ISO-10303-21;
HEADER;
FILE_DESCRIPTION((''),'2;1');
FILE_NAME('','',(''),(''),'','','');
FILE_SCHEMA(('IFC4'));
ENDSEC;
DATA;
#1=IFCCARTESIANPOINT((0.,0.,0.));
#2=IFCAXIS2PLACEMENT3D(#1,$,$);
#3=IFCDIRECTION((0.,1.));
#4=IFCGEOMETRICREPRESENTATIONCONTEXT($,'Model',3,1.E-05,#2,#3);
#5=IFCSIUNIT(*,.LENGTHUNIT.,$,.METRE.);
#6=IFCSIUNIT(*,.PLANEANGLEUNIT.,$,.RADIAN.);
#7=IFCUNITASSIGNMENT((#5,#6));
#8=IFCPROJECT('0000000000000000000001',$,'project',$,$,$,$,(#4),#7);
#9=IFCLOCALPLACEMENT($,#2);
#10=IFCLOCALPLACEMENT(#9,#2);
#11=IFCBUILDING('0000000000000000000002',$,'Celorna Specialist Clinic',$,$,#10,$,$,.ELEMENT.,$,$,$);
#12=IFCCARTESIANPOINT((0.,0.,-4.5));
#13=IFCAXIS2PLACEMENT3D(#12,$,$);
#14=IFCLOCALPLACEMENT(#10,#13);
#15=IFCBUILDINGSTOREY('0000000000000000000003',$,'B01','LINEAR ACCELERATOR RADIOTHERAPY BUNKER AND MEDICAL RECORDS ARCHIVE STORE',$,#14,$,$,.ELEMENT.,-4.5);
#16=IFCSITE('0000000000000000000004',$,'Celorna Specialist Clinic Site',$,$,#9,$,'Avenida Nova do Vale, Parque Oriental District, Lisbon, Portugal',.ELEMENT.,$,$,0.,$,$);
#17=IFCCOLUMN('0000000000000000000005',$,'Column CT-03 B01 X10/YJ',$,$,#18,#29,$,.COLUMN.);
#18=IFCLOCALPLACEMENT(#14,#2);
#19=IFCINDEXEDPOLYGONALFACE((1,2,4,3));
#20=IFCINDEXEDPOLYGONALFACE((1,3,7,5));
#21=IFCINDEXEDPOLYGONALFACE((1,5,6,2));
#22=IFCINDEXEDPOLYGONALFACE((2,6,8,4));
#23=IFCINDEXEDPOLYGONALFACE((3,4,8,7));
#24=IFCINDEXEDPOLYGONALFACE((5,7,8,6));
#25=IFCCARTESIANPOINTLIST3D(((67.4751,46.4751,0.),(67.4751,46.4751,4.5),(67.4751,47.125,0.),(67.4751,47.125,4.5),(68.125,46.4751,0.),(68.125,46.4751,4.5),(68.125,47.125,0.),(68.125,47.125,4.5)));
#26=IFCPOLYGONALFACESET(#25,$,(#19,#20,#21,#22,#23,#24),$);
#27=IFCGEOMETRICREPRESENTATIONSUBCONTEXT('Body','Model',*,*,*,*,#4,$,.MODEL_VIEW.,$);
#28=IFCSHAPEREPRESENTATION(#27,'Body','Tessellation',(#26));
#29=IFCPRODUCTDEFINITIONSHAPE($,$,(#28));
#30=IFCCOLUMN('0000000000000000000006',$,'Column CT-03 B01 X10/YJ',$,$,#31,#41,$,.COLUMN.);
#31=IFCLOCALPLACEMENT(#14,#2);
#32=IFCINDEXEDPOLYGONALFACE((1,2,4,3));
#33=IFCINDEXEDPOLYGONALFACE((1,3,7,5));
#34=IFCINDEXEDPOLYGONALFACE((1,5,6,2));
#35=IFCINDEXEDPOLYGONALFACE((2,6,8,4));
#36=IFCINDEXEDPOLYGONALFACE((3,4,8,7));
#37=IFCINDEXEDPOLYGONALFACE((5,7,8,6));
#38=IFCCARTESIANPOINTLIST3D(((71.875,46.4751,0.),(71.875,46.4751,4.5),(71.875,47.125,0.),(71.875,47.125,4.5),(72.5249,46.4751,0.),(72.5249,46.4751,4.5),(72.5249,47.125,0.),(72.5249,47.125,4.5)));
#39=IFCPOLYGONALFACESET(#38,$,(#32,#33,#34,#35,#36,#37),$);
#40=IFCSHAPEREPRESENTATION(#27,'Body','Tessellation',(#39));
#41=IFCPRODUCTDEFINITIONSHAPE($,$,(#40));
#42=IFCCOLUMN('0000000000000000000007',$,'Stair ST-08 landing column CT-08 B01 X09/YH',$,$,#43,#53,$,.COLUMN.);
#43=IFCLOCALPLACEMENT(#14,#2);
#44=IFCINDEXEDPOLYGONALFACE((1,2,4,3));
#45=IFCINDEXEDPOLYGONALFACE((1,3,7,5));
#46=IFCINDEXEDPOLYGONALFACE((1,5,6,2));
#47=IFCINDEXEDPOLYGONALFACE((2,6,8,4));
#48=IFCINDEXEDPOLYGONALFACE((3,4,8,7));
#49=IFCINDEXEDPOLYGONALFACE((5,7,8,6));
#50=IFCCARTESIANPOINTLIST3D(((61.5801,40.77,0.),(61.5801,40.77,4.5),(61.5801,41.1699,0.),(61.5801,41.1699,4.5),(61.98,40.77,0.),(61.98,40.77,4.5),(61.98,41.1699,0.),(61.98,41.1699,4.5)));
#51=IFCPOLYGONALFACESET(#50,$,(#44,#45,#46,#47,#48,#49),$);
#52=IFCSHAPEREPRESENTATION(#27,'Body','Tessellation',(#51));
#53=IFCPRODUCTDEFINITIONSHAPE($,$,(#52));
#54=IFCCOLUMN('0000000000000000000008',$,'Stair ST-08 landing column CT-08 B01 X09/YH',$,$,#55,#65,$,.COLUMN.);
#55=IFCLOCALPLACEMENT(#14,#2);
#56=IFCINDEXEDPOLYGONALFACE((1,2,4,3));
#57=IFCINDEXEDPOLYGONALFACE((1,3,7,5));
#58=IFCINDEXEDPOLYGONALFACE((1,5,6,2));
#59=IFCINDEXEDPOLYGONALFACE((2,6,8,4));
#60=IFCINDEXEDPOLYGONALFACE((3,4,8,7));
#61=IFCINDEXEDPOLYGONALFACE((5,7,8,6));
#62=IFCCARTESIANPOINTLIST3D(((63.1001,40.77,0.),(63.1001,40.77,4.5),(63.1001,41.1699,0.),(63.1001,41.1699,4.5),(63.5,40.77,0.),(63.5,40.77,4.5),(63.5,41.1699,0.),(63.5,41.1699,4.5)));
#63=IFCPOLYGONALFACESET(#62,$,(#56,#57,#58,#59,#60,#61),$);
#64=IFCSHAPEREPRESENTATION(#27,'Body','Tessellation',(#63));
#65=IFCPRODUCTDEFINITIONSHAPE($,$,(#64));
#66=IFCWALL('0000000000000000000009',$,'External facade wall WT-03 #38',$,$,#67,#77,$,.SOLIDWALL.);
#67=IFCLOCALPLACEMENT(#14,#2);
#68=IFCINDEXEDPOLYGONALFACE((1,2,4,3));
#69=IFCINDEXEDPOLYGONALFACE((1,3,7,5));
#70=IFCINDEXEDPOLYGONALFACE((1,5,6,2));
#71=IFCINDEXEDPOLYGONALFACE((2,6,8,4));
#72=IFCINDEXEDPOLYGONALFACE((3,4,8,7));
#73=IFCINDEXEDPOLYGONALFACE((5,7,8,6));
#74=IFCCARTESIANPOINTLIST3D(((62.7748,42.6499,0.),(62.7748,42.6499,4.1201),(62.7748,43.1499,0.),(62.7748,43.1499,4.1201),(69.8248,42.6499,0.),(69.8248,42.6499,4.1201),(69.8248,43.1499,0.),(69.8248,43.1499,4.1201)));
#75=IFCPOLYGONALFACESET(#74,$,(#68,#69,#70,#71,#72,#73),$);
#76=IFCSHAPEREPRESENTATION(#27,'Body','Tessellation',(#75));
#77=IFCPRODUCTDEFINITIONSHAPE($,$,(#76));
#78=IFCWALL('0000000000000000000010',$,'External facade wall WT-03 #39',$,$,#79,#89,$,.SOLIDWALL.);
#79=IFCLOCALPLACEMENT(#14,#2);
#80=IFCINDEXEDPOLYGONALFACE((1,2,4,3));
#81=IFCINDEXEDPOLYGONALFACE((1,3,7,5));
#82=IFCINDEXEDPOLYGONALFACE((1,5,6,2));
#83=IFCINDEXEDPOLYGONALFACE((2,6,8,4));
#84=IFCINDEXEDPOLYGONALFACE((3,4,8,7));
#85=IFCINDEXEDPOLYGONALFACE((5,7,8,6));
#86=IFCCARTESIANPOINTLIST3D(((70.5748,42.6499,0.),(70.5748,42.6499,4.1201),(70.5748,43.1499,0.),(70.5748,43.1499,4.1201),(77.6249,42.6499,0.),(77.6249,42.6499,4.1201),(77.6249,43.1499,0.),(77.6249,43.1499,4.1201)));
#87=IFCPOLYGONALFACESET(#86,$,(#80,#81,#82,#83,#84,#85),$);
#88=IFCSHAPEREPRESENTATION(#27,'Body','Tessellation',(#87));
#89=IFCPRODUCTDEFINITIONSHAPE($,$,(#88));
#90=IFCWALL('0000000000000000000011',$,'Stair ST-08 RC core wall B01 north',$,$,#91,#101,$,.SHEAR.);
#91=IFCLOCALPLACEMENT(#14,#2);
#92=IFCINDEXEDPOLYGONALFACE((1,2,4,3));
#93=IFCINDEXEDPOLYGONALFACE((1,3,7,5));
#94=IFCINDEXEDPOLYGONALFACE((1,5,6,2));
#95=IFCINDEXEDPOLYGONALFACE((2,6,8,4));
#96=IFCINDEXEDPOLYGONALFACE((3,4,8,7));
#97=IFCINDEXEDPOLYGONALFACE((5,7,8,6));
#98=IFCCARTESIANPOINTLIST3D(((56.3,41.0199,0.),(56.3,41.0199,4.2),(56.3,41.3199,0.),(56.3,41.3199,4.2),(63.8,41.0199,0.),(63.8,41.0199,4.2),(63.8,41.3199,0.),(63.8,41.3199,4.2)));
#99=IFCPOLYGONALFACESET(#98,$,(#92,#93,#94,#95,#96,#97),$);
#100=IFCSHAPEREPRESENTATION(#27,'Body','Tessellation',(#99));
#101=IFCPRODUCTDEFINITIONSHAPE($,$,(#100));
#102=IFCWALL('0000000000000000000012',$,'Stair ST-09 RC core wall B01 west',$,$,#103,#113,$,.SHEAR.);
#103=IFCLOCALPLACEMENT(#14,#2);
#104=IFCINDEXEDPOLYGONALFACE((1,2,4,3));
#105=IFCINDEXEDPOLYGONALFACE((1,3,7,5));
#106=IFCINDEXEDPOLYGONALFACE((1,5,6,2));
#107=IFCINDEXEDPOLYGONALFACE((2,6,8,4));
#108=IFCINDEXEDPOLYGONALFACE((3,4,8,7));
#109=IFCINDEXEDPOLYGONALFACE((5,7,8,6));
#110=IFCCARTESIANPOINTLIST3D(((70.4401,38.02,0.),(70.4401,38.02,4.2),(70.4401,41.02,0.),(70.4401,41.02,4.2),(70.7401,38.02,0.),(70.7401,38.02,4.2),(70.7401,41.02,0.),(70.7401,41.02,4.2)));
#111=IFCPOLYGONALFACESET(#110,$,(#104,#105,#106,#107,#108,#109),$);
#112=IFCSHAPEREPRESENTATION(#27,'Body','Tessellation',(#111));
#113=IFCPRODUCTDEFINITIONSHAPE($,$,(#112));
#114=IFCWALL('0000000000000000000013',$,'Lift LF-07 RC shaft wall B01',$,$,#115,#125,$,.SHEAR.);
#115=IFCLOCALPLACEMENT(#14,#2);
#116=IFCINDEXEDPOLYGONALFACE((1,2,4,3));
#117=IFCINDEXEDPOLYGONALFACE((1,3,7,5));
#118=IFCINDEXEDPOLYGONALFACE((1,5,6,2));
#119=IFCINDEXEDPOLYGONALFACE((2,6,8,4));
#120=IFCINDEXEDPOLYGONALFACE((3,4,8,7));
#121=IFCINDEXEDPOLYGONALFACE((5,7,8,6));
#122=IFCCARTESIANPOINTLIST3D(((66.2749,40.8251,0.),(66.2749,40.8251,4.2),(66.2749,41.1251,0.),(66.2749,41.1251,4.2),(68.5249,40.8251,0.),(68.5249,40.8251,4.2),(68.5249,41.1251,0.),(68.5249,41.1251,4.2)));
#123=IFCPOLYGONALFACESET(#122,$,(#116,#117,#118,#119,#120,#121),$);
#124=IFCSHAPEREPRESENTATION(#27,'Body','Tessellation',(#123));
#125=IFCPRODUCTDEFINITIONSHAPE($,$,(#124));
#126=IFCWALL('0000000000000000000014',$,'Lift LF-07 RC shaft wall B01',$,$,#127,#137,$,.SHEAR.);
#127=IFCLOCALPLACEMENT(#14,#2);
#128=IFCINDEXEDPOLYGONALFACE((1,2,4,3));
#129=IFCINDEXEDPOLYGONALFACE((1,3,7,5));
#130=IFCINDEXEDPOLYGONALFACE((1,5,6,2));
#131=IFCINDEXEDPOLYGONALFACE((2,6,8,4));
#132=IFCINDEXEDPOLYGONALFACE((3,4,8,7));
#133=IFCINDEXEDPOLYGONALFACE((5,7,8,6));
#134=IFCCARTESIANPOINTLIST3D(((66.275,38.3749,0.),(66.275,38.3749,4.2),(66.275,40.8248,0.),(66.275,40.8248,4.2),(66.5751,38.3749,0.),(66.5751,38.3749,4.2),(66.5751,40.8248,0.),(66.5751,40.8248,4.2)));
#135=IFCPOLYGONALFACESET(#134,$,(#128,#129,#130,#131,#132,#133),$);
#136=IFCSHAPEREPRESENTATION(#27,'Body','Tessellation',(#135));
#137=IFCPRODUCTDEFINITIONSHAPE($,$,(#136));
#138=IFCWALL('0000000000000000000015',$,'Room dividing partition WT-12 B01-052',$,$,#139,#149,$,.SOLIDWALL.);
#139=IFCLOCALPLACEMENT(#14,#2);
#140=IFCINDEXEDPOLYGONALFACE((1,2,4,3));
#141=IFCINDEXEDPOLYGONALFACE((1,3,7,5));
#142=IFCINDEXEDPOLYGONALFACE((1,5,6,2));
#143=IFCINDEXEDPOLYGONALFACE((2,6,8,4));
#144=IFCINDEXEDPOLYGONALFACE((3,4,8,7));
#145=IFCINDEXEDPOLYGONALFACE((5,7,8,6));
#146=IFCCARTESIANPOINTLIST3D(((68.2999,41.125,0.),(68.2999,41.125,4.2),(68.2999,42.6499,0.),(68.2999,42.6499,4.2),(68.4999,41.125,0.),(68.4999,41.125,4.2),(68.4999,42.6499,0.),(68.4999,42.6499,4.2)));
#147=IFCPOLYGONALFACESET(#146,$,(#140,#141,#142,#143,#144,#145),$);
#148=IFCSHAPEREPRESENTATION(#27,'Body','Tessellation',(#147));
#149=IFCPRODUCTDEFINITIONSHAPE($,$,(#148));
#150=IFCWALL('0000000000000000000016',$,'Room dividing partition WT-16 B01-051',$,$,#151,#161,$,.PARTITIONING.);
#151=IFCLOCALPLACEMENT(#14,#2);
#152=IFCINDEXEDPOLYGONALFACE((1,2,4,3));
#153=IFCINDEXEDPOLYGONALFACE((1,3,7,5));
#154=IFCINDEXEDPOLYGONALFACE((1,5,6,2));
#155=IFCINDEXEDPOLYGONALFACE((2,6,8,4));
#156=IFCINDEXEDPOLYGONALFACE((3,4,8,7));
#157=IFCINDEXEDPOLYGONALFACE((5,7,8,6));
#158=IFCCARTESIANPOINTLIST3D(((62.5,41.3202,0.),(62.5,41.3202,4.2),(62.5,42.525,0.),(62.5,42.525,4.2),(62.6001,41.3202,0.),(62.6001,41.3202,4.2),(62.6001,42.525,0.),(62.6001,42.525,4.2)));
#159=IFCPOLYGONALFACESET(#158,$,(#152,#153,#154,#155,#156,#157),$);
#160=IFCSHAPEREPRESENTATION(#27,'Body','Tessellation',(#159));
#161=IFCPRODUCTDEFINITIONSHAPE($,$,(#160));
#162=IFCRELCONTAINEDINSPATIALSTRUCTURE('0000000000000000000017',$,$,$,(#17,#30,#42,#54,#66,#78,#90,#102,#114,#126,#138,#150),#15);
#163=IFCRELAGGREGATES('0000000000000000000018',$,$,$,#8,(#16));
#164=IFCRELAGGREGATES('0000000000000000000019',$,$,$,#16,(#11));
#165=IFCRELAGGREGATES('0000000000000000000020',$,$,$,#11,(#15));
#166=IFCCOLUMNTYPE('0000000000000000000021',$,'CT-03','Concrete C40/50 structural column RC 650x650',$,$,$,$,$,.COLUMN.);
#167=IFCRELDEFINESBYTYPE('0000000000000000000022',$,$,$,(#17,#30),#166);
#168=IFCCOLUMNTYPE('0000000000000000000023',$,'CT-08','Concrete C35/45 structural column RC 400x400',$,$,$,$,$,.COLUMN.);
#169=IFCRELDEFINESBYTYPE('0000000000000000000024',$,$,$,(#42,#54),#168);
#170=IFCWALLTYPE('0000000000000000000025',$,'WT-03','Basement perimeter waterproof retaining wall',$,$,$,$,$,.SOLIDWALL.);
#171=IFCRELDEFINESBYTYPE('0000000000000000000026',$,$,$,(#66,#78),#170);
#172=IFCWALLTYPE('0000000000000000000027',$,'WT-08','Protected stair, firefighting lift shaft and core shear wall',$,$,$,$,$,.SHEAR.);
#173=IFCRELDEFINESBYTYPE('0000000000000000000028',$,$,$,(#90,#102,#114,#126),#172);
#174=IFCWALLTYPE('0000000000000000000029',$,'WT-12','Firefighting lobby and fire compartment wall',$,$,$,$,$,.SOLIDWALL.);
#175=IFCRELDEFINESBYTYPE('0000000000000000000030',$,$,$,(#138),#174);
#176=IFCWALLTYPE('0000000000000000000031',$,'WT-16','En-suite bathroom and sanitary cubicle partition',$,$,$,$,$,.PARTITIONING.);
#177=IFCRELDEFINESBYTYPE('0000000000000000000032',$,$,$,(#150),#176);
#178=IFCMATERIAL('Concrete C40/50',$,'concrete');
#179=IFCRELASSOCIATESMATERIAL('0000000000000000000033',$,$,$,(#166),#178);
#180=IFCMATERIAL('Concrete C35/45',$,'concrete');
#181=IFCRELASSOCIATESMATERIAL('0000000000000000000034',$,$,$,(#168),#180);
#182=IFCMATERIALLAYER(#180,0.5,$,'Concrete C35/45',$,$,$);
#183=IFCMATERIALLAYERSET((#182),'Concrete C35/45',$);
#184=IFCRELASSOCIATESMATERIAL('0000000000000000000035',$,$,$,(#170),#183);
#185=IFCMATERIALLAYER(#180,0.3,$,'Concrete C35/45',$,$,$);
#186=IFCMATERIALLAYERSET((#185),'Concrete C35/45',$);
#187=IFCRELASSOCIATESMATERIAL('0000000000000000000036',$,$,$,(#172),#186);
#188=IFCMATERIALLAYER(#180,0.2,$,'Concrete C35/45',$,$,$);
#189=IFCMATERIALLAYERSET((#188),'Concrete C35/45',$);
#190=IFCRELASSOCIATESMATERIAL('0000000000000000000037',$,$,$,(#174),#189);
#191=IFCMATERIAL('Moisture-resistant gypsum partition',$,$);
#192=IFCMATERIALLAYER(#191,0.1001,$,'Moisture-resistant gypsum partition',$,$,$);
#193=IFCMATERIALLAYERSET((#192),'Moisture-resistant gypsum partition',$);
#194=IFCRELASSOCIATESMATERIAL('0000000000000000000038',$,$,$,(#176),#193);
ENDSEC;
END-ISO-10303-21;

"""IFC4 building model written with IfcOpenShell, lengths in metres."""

from ifc_helpers import new_model, si_unit, direction, frame, frame_2d, origin, origin_2d, place, context, subcontext, project, spatial, rectangle, extrude, material, layer, layer_set, material_profile, profile_set, type_object, element, save


model = new_model("IFC4")

# Units and contexts
model_context = context("Model", 3, precision=1e-05, world=origin(), true_north=direction((0.0, 1.0)))
body_context = subcontext(model_context, "Body", "Model", "MODEL_VIEW")
ifc_project = project(units=[si_unit("LENGTHUNIT", "METRE"), si_unit("PLANEANGLEUNIT", "RADIAN")], contexts=[model_context])

# Site, building, storey
site_placement = place(None, origin())
site = spatial("IfcSite", under=ifc_project, at=site_placement, Name="Celorna Specialist Clinic Site", LongName="Avenida Nova do Vale, Parque Oriental District, Lisbon, Portugal", CompositionType="ELEMENT", RefElevation=0.0)
building_placement = place(site_placement, origin())
building = spatial("IfcBuilding", under=site, at=building_placement, Name="Celorna Specialist Clinic", CompositionType="ELEMENT")
storey_placement = place(building_placement, frame((0.0, 0.0, -4.5)))
storey = spatial("IfcBuildingStorey", under=building, at=storey_placement, Name="B01", Description="LINEAR ACCELERATOR RADIOTHERAPY BUNKER AND MEDICAL RECORDS ARCHIVE STORE", CompositionType="ELEMENT", Elevation=-4.5)

# Shared definitions
ifc_material_1 = material(Name="Concrete C35/45", Category="concrete")

# Columns
ifc_material_2 = material(Name="Concrete C40/50", Category="concrete")
ifc_material_profile_1 = material_profile(ifc_material_2, rectangle(XDim=0.6499, YDim=0.6499, at=origin_2d()), Name="RC 650x650")
ifc_profile_set_1 = profile_set([ifc_material_profile_1], Name="Concrete C40/50")
column_type_1 = type_object("IfcColumnType", Name="CT-03", Description="Concrete C40/50 structural column RC 650x650", PredefinedType="COLUMN", material=ifc_profile_set_1)
for number, where, z_axis, x_axis, name in (
    (1, (67.8, 46.8, 0.0), (0.0, 0.0, 1.0), (1.0, 0.0, 0.0), "Column CT-03 B01 X10/YJ"),
    (2, (72.2, 46.8, 0.0), (0.0, 0.0, 1.0), (1.0, 0.0, 0.0), "Column CT-03 B01 X10/YJ"),
):
    element("IfcColumn", number, at=place(storey_placement, frame(where, z_axis=z_axis, x_axis=x_axis)), inside=storey, type_object=column_type_1, Name=name, PredefinedType="COLUMN", context=body_context, shape_type="SweptSolid", body=[
        extrude(rectangle(XDim=0.6499, YDim=0.6499, at=origin_2d()), origin(), (0.0, 0.0, 1.0), 4.5),
    ])
ifc_material_profile_2 = material_profile(ifc_material_1, rectangle(XDim=0.3999, YDim=0.3999, at=origin_2d()), Name="RC 400x400")
ifc_profile_set_2 = profile_set([ifc_material_profile_2], Name="Concrete C35/45")
column_type_2 = type_object("IfcColumnType", Name="CT-08", Description="Concrete C35/45 structural column RC 400x400", PredefinedType="COLUMN", material=ifc_profile_set_2)
for number, where, z_axis, x_axis, name in (
    (3, (61.78, 40.97, 0.0), (0.0, 0.0, 1.0), (1.0, 0.0, 0.0), "Stair ST-08 landing column CT-08 B01 X09/YH"),
    (4, (63.3, 40.97, 0.0), (0.0, 0.0, 1.0), (1.0, 0.0, 0.0), "Stair ST-08 landing column CT-08 B01 X09/YH"),
):
    element("IfcColumn", number, at=place(storey_placement, frame(where, z_axis=z_axis, x_axis=x_axis)), inside=storey, type_object=column_type_2, Name=name, PredefinedType="COLUMN", context=body_context, shape_type="SweptSolid", body=[
        extrude(rectangle(XDim=0.3999, YDim=0.3999, at=origin_2d()), origin(), (0.0, 0.0, 1.0), 4.5),
    ])

# Walls
ifc_layer_1 = layer(ifc_material_1, 0.5, Name="Concrete C35/45")
ifc_layer_set_1 = layer_set([ifc_layer_1], Name="Concrete C35/45")
wall_type_1 = type_object("IfcWallType", Name="WT-03", Description="Basement perimeter waterproof retaining wall", PredefinedType="SOLIDWALL", material=ifc_layer_set_1)
for number, where, z_axis, x_axis, name in (
    (5, (62.7749, 42.8999, 0.0), (0.0, 0.0, 1.0), (1.0, 0.0, 0.0), "External facade wall WT-03 #38"),
    (6, (70.575, 42.8999, 0.0), (0.0, 0.0, 1.0), (1.0, 0.0, 0.0), "External facade wall WT-03 #39"),
):
    element("IfcWall", number, at=place(storey_placement, frame(where, z_axis=z_axis, x_axis=x_axis)), inside=storey, type_object=wall_type_1, Name=name, PredefinedType="SOLIDWALL", context=body_context, shape_type="SweptSolid", body=[
        extrude(rectangle(XDim=7.05, YDim=0.5, at=frame_2d((3.5249, 0.0))), origin(), (0.0, 0.0, 1.0), 4.1201),
    ])
ifc_layer_2 = layer(ifc_material_1, 0.3, Name="Concrete C35/45")
ifc_layer_set_2 = layer_set([ifc_layer_2], Name="Concrete C35/45")
wall_type_2 = type_object("IfcWallType", Name="WT-08", Description="Protected stair, firefighting lift shaft and core shear wall", PredefinedType="SHEAR", material=ifc_layer_set_2)
wall_1_placement = place(storey_placement, frame((63.8, 41.1699, 0.0), z_axis=(0.0, 0.0, 1.0), x_axis=(-1.0, 0.0, 0.0)))
element("IfcWall", 7, at=wall_1_placement, inside=storey, type_object=wall_type_2, Name="Stair ST-08 RC core wall B01 north", PredefinedType="SHEAR", context=body_context, shape_type="SweptSolid", body=[
    extrude(rectangle(XDim=7.5, YDim=0.3, at=frame_2d((3.75, 0.0))), origin(), (0.0, 0.0, 1.0), 4.2),
])
wall_2_placement = place(storey_placement, frame((70.5901, 41.02, 0.0), z_axis=(0.0, 0.0, 1.0), x_axis=(0.0, -1.0, 0.0)))
element("IfcWall", 8, at=wall_2_placement, inside=storey, type_object=wall_type_2, Name="Stair ST-09 RC core wall B01 west", PredefinedType="SHEAR", context=body_context, shape_type="SweptSolid", body=[
    extrude(rectangle(XDim=3.0, YDim=0.3, at=frame_2d((1.5, 0.0))), origin(), (0.0, 0.0, 1.0), 4.2),
])
wall_3_placement = place(storey_placement, frame((68.5249, 40.9751, 0.0), z_axis=(0.0, 0.0, 1.0), x_axis=(-1.0, 0.0, 0.0)))
element("IfcWall", 9, at=wall_3_placement, inside=storey, type_object=wall_type_2, Name="Lift LF-07 RC shaft wall B01", PredefinedType="SHEAR", context=body_context, shape_type="SweptSolid", body=[
    extrude(rectangle(XDim=2.25, YDim=0.3, at=frame_2d((1.125, 0.0))), origin(), (0.0, 0.0, 1.0), 4.2),
])
wall_4_placement = place(storey_placement, frame((66.425, 40.825, 0.0), z_axis=(0.0, 0.0, 1.0), x_axis=(0.0, -1.0, 0.0)))
element("IfcWall", 10, at=wall_4_placement, inside=storey, type_object=wall_type_2, Name="Lift LF-07 RC shaft wall B01", PredefinedType="SHEAR", context=body_context, shape_type="SweptSolid", body=[
    extrude(rectangle(XDim=2.45, YDim=0.3, at=frame_2d((1.2251, 0.0))), origin(), (0.0, 0.0, 1.0), 4.2),
])
ifc_layer_3 = layer(ifc_material_1, 0.2, Name="Concrete C35/45")
ifc_layer_set_3 = layer_set([ifc_layer_3], Name="Concrete C35/45")
wall_type_3 = type_object("IfcWallType", Name="WT-12", Description="Firefighting lobby and fire compartment wall", PredefinedType="SOLIDWALL", material=ifc_layer_set_3)
wall_5_placement = place(storey_placement, frame((68.3999, 41.125, 0.0), z_axis=(0.0, 0.0, 1.0), x_axis=(0.0, 1.0, 0.0)))
element("IfcWall", 11, at=wall_5_placement, inside=storey, type_object=wall_type_3, Name="Room dividing partition WT-12 B01-052", PredefinedType="SOLIDWALL", context=body_context, shape_type="SweptSolid", body=[
    extrude(rectangle(XDim=1.5249, YDim=0.2, at=frame_2d((0.7625, 0.0))), origin(), (0.0, 0.0, 1.0), 4.2),
])
ifc_material_3 = material(Name="Moisture-resistant gypsum partition")
ifc_layer_4 = layer(ifc_material_3, 0.1001, Name="Moisture-resistant gypsum partition")
ifc_layer_set_4 = layer_set([ifc_layer_4], Name="Moisture-resistant gypsum partition")
wall_type_4 = type_object("IfcWallType", Name="WT-16", Description="En-suite bathroom and sanitary cubicle partition", PredefinedType="PARTITIONING", material=ifc_layer_set_4)
wall_6_placement = place(storey_placement, frame((62.55, 41.3201, 0.0), z_axis=(0.0, 0.0, 1.0), x_axis=(0.0, 1.0, 0.0)))
element("IfcWall", 12, at=wall_6_placement, inside=storey, type_object=wall_type_4, Name="Room dividing partition WT-16 B01-051", PredefinedType="PARTITIONING", context=body_context, shape_type="SweptSolid", body=[
    extrude(rectangle(XDim=1.2048, YDim=0.1001, at=frame_2d((0.6025, 0.0))), origin(), (0.0, 0.0, 1.0), 4.2),
])

save(model, "model.ifc")
